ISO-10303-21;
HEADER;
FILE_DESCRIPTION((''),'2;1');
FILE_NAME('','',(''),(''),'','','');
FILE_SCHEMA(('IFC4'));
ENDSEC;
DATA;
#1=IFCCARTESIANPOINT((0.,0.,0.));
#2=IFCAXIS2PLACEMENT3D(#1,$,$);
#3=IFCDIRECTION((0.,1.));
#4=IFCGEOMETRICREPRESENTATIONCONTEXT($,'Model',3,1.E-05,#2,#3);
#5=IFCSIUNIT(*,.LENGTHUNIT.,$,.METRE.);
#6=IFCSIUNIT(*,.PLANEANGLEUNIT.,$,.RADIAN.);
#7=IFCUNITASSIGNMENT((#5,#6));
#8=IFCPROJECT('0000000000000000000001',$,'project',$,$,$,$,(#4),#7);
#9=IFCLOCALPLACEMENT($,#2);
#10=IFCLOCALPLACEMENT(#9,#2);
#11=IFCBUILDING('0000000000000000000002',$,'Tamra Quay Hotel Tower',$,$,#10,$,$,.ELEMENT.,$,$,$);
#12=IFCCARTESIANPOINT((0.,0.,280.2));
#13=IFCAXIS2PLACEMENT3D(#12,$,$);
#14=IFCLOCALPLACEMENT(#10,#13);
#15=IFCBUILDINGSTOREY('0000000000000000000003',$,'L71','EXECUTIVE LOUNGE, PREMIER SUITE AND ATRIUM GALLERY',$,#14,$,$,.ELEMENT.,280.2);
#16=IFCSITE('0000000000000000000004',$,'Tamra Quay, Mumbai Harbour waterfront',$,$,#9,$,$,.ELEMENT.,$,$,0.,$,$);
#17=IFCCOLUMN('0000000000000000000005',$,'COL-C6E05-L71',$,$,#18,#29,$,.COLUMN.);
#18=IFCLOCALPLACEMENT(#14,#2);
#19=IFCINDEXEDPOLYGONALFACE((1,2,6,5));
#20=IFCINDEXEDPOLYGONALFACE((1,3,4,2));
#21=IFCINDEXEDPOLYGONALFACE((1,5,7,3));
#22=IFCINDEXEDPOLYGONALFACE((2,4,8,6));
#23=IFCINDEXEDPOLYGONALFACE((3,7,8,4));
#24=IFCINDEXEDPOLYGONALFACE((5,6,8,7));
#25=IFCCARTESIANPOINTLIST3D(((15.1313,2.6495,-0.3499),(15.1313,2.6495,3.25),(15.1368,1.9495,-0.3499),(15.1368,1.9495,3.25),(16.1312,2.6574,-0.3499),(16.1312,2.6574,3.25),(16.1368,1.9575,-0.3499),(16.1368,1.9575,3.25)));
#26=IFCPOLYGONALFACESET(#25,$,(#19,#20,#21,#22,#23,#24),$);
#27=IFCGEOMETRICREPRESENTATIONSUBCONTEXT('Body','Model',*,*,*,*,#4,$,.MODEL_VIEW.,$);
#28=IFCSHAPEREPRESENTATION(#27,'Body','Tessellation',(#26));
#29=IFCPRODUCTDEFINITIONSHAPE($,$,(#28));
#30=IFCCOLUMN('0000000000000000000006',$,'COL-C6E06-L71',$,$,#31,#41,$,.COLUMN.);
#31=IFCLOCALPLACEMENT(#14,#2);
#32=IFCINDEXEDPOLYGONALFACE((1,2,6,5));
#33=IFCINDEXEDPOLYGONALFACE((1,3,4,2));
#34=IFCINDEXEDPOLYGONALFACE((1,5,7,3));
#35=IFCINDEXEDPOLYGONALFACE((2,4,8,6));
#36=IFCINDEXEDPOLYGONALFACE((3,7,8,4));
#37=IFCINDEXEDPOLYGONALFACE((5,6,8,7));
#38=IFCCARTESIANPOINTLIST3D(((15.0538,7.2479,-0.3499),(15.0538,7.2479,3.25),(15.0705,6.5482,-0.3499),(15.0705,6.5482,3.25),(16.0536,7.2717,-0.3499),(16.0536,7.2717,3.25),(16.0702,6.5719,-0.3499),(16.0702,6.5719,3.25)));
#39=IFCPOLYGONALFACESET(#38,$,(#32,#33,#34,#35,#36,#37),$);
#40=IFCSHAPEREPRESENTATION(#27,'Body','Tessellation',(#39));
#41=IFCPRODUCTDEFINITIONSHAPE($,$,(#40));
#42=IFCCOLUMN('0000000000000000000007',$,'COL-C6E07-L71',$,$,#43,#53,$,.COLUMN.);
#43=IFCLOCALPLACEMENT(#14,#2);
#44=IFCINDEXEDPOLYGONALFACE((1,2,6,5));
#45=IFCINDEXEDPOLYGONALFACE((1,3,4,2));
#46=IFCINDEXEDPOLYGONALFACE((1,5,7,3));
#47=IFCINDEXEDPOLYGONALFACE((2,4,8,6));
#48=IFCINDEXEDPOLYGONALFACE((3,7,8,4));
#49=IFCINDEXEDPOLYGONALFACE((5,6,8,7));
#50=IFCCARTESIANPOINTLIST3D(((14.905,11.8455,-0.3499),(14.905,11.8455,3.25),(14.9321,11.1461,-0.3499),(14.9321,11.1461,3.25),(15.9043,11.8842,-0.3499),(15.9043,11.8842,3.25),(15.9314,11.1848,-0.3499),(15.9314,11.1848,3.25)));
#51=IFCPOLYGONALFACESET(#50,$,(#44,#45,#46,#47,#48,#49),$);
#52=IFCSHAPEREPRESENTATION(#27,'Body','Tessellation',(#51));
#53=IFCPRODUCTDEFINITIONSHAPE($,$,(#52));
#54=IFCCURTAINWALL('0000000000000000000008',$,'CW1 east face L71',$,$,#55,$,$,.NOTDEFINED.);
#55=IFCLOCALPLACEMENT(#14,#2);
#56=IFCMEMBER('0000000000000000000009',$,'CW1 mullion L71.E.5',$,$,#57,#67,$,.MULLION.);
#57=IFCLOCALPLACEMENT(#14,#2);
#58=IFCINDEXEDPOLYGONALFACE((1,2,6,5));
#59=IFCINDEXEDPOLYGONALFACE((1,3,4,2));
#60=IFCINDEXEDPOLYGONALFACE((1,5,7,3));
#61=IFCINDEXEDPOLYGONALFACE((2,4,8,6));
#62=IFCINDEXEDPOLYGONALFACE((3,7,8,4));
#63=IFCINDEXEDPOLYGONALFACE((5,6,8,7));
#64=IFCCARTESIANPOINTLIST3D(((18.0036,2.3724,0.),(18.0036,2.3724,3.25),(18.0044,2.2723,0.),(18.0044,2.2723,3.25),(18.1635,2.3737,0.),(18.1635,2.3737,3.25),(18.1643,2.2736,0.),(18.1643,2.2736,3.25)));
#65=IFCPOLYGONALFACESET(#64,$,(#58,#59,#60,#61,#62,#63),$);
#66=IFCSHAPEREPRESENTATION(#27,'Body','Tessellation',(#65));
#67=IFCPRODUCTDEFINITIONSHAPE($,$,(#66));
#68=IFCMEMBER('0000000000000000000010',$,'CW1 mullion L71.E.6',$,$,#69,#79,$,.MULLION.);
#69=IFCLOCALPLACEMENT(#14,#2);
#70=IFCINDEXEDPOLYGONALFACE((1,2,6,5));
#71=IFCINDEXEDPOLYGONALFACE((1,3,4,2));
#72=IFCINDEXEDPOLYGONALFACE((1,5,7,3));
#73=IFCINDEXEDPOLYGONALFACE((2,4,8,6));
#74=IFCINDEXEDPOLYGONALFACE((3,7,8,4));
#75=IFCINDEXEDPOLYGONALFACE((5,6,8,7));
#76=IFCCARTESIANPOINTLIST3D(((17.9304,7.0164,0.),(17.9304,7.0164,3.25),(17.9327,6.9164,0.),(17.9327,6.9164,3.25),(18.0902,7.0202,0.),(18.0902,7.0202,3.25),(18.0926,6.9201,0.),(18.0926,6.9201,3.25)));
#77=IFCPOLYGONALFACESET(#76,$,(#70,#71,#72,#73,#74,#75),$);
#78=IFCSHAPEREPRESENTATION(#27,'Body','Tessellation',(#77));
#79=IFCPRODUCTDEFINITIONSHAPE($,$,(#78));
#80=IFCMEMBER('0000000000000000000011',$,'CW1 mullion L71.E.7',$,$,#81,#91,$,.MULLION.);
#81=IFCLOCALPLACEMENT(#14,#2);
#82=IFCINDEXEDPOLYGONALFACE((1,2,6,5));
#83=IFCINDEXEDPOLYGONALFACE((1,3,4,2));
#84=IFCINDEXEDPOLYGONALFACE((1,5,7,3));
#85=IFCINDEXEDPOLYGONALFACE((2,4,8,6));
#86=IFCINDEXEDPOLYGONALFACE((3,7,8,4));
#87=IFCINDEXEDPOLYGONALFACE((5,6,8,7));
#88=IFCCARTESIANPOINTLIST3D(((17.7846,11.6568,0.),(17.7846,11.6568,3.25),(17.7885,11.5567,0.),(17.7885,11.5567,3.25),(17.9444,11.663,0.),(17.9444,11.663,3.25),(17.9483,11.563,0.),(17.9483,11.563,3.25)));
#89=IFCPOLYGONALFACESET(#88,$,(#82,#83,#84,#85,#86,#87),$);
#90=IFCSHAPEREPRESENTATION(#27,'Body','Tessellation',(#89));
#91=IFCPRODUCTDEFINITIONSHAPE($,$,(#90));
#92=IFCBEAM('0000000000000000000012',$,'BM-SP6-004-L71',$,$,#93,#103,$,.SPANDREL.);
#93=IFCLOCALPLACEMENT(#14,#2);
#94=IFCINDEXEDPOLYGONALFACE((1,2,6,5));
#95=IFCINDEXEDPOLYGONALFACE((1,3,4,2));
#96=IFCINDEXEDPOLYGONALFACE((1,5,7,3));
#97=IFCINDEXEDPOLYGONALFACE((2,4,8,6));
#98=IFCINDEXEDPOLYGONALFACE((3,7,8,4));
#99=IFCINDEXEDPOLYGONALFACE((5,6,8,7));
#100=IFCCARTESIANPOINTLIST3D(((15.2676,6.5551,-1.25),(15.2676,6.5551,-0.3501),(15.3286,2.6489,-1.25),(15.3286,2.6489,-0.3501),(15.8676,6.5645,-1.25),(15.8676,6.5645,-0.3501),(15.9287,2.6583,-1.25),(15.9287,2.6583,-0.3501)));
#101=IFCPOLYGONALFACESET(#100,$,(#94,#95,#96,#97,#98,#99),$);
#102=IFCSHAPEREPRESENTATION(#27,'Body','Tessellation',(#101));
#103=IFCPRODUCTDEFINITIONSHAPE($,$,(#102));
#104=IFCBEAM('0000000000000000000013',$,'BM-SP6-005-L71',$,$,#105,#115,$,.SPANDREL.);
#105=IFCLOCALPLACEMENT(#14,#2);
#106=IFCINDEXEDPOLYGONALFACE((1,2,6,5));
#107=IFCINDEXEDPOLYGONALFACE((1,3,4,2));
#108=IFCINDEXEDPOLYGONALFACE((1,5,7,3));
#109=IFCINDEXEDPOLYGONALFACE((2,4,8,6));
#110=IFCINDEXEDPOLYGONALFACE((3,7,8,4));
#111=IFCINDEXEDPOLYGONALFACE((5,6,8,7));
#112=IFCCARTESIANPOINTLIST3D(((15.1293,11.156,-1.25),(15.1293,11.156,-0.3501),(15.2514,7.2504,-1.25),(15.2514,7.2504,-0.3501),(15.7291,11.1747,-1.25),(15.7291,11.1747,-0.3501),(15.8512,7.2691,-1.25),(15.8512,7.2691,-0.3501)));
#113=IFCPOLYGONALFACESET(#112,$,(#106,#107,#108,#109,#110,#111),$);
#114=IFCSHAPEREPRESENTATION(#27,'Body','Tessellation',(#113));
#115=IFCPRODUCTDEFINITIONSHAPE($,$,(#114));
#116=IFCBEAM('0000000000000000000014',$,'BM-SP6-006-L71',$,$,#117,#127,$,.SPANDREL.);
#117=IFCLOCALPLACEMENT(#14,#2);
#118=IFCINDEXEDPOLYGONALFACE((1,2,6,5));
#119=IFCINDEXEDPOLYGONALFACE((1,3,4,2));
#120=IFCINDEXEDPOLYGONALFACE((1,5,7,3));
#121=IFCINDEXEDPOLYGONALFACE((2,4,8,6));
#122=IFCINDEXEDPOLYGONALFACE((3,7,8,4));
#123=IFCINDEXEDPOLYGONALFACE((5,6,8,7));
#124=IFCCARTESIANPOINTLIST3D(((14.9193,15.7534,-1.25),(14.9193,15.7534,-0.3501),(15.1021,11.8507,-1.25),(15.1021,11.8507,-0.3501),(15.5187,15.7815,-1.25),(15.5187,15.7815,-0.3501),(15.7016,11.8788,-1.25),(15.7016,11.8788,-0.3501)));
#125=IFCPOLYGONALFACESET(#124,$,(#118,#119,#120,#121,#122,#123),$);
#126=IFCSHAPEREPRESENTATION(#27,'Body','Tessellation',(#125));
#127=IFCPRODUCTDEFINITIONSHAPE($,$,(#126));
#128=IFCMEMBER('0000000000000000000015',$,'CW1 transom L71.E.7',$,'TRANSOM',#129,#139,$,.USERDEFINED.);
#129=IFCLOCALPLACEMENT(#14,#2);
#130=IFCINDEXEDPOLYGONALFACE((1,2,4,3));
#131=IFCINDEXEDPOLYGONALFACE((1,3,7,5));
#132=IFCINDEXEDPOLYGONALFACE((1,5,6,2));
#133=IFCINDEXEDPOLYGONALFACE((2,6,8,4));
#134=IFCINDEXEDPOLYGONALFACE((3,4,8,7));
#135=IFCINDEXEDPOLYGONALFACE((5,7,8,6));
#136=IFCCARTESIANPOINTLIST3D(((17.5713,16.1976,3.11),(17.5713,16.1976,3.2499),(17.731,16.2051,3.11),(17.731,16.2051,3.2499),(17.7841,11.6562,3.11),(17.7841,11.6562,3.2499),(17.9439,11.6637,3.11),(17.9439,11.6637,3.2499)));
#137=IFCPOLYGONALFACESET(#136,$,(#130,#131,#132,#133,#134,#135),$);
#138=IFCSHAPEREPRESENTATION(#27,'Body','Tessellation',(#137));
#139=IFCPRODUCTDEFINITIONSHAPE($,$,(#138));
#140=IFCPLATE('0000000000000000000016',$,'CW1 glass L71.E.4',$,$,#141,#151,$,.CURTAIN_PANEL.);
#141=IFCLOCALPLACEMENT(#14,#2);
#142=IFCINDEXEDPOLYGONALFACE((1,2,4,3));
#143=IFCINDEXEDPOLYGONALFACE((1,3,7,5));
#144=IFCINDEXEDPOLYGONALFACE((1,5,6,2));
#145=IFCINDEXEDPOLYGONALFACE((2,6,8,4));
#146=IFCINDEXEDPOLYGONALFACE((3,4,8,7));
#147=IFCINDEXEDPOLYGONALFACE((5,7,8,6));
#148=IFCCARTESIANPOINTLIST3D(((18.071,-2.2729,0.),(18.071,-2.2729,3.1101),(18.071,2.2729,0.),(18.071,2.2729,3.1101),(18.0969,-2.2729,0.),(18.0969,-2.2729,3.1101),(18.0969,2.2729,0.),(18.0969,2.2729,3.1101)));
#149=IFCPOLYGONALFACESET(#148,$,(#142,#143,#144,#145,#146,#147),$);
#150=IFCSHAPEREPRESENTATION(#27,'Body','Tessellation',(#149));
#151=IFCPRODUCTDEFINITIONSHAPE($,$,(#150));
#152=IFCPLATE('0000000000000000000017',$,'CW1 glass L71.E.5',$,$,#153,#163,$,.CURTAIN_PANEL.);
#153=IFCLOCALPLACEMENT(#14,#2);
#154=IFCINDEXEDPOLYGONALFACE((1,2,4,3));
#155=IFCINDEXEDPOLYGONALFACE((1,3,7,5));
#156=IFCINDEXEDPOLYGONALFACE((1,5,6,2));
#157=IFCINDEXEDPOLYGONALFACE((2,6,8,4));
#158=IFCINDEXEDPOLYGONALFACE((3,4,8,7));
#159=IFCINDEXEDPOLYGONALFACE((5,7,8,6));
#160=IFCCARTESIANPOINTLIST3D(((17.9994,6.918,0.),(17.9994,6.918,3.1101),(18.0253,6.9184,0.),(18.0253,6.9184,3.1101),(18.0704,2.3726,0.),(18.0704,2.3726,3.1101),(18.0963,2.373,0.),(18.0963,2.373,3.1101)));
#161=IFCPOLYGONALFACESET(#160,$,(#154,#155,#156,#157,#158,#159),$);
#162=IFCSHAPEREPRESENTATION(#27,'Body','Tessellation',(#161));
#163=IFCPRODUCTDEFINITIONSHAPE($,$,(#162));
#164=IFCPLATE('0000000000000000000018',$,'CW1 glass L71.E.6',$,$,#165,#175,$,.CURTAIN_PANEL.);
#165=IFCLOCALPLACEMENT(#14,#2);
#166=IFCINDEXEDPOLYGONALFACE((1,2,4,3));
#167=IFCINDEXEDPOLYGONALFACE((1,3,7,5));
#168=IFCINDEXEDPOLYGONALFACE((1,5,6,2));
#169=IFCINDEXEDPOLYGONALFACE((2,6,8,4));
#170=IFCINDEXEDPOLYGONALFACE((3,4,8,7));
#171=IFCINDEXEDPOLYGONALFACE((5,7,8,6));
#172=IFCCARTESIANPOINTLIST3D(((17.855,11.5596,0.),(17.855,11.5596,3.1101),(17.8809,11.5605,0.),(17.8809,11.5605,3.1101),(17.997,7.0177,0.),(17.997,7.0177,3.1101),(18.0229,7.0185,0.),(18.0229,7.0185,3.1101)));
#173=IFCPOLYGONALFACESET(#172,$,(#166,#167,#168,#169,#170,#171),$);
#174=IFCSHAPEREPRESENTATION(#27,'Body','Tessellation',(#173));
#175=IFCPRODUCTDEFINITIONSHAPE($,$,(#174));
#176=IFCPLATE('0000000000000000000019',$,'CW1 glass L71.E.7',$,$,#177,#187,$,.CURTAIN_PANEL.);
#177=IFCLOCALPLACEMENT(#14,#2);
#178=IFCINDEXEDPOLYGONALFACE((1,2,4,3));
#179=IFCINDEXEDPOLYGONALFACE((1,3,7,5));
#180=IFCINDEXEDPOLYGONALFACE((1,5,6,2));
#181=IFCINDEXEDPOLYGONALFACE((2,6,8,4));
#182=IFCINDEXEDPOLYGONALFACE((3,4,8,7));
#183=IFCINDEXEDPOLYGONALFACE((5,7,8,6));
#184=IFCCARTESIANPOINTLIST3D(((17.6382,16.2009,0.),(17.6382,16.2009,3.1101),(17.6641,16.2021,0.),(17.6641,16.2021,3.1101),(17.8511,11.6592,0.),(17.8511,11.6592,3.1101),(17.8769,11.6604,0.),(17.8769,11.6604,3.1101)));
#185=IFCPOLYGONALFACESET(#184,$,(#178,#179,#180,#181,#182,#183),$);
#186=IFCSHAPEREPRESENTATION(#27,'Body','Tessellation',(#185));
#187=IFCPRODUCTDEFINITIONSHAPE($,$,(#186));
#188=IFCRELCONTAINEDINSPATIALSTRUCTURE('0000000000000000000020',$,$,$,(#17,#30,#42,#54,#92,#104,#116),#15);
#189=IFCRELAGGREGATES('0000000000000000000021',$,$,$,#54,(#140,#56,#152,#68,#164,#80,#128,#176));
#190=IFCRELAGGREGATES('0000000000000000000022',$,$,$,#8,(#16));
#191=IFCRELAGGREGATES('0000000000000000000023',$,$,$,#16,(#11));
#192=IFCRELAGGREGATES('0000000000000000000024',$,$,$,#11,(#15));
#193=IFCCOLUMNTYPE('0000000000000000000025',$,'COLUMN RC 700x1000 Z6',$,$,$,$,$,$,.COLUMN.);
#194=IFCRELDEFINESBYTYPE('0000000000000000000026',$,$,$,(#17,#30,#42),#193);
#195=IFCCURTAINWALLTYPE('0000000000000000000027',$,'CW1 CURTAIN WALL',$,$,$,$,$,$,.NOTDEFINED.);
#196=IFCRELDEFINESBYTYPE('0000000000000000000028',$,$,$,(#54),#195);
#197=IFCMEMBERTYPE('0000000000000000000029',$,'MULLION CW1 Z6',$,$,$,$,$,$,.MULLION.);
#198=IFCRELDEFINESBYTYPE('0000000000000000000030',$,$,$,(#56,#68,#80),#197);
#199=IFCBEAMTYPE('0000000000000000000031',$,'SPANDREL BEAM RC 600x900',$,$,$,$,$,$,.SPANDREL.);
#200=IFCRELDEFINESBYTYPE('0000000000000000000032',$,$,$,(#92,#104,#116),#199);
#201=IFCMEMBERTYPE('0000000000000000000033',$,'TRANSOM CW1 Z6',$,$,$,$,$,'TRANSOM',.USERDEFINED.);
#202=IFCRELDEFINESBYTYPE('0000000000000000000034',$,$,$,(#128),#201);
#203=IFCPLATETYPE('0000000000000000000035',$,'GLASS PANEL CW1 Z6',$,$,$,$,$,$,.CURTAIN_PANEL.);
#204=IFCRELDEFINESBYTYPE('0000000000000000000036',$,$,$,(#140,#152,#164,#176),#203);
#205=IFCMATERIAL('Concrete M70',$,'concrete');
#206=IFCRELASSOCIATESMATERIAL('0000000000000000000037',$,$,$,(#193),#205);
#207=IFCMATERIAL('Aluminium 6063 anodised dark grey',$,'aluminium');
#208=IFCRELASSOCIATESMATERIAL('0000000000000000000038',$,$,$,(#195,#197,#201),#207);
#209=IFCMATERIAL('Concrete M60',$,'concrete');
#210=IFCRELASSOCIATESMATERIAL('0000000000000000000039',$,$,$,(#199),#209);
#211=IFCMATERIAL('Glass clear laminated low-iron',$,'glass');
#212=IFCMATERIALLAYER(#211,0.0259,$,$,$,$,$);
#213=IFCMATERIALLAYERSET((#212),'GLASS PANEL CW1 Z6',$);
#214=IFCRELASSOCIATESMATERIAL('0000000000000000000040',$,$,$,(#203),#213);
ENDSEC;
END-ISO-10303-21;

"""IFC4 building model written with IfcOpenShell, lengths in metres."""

from ifc_helpers import new_model, si_unit, direction, frame, origin, origin_2d, place, context, subcontext, project, spatial, rectangle, extrude, material, layer, layer_set, material_profile, profile_set, type_object, element, aggregate, save


model = new_model("IFC4")

# Units and contexts
model_context = context("Model", 3, precision=1e-05, world=origin(), true_north=direction((0.0, 1.0)))
body_context = subcontext(model_context, "Body", "Model", "MODEL_VIEW")
ifc_project = project(units=[si_unit("LENGTHUNIT", "METRE"), si_unit("PLANEANGLEUNIT", "RADIAN")], contexts=[model_context])

# Site, building, storey
site_placement = place(None, origin())
site = spatial("IfcSite", under=ifc_project, at=site_placement, Name="Tamra Quay, Mumbai Harbour waterfront", CompositionType="ELEMENT", RefElevation=0.0)
building_placement = place(site_placement, origin())
building = spatial("IfcBuilding", under=site, at=building_placement, Name="Tamra Quay Hotel Tower", CompositionType="ELEMENT")
storey_placement = place(building_placement, frame((0.0, 0.0, 280.2)))
storey = spatial("IfcBuildingStorey", under=building, at=storey_placement, Name="L71", Description="EXECUTIVE LOUNGE, PREMIER SUITE AND ATRIUM GALLERY", CompositionType="ELEMENT", Elevation=280.2)

# Columns
ifc_material_1 = material(Name="Concrete M70", Category="concrete")
ifc_material_profile_1 = material_profile(ifc_material_1, rectangle(XDim=1.0, YDim=0.7, at=origin_2d()), Name="COLUMN RC 700x1000 Z6")
ifc_profile_set_1 = profile_set([ifc_material_profile_1], Name="Concrete M70")
column_type = type_object("IfcColumnType", Name="COLUMN RC 700x1000 Z6", PredefinedType="COLUMN", material=ifc_profile_set_1)
for number, where, z_axis, x_axis, name in (
    (1, (15.634, 2.3035, -0.3499), (0.0, 0.0, 1.0), (0.999969, 0.00792, 0.0), "COL-C6E05-L71"),
    (2, (15.562, 6.9099, -0.3499), (0.0, 0.0, 1.0), (0.999718, 0.023753, 0.0), "COL-C6E06-L71"),
    (3, (15.4182, 11.5151, -0.3499), (0.0, 0.0, 1.0), (0.999251, 0.038691, 0.0), "COL-C6E07-L71"),
):
    element("IfcColumn", number, at=place(storey_placement, frame(where, z_axis=z_axis, x_axis=x_axis)), inside=storey, type_object=column_type, Name=name, PredefinedType="COLUMN", context=body_context, shape_type="SweptSolid", body=[
        extrude(rectangle(XDim=1.0, YDim=0.7, at=origin_2d()), origin(), (0.0, 0.0, 1.0), 3.5999),
    ])

# Curtain wall, members
ifc_material_2 = material(Name="Aluminium 6063 anodised dark grey", Category="aluminium")
curtain_wall_type = type_object("IfcCurtainWallType", Name="CW1 CURTAIN WALL", PredefinedType="NOTDEFINED", material=ifc_material_2)
curtain_wall_placement = place(storey_placement, origin())
curtain_wall = element("IfcCurtainWall", 4, at=curtain_wall_placement, inside=storey, type_object=curtain_wall_type, Name="CW1 east face L71", PredefinedType="NOTDEFINED")
ifc_material_profile_2 = material_profile(ifc_material_2, rectangle(XDim=0.1599, YDim=0.1001, at=origin_2d()), Name="MULLION 100X160")
ifc_profile_set_2 = profile_set([ifc_material_profile_2], Name="Aluminium 6063 anodised dark grey")
member_type_1 = type_object("IfcMemberType", Name="MULLION CW1 Z6", PredefinedType="MULLION", material=ifc_profile_set_2)
member_1_placement = place(storey_placement, frame((18.084, 2.323, 0.0), z_axis=(0.0, 0.0, 1.0), x_axis=(0.999969, 0.007817, 0.0)))
member_1 = element("IfcMember", 5, at=member_1_placement, type_object=member_type_1, Name="CW1 mullion L71.E.5", PredefinedType="MULLION", context=body_context, shape_type="SweptSolid", body=[
    extrude(rectangle(XDim=0.1599, YDim=0.1001, at=origin_2d()), origin(), (0.0, 0.0, 1.0), 3.25),
])
member_2_placement = place(storey_placement, frame((18.0115, 6.9683, 0.0), z_axis=(0.0, 0.0, 1.0), x_axis=(0.999725, 0.023438, 0.0)))
member_2 = element("IfcMember", 6, at=member_2_placement, type_object=member_type_1, Name="CW1 mullion L71.E.6", PredefinedType="MULLION", context=body_context, shape_type="SweptSolid", body=[
    extrude(rectangle(XDim=0.1599, YDim=0.1001, at=origin_2d()), origin(), (0.0, 0.0, 1.0), 3.25),
])
member_3_placement = place(storey_placement, frame((17.8665, 11.6099, 0.0), z_axis=(0.0, 0.0, 1.0), x_axis=(0.999238, 0.039033, 0.0)))
member_3 = element("IfcMember", 7, at=member_3_placement, type_object=member_type_1, Name="CW1 mullion L71.E.7", PredefinedType="MULLION", context=body_context, shape_type="SweptSolid", body=[
    extrude(rectangle(XDim=0.1599, YDim=0.1001, at=origin_2d()), origin(), (0.0, 0.0, 1.0), 3.25),
])

# Beams
ifc_material_3 = material(Name="Concrete M60", Category="concrete")
ifc_material_profile_3 = material_profile(ifc_material_3, rectangle(XDim=0.6001, YDim=0.8999, at=origin_2d()), Name="SPANDREL BEAM RC 600x900")
ifc_profile_set_3 = profile_set([ifc_material_profile_3], Name="Concrete M60")
beam_type = type_object("IfcBeamType", Name="SPANDREL BEAM RC 600x900", PredefinedType="SPANDREL", material=ifc_profile_set_3)
beam_1_placement = place(storey_placement, frame((15.6287, 2.6536, -0.8), z_axis=(-0.015623, 0.999878, 0.0), x_axis=(-0.999878, -0.015623, 0.0)))
element("IfcBeam", 8, at=beam_1_placement, inside=storey, type_object=beam_type, Name="BM-SP6-004-L71", PredefinedType="SPANDREL", context=body_context, shape_type="SweptSolid", body=[
    extrude(rectangle(XDim=0.6001, YDim=0.8999, at=origin_2d()), origin(), (0.0, 0.0, 1.0), 3.9067),
])
beam_2_placement = place(storey_placement, frame((15.5513, 7.2598, -0.8), z_axis=(-0.031241, 0.999512, 0.0), x_axis=(-0.999512, -0.031241, 0.0)))
element("IfcBeam", 9, at=beam_2_placement, inside=storey, type_object=beam_type, Name="BM-SP6-005-L71", PredefinedType="SPANDREL", context=body_context, shape_type="SweptSolid", body=[
    extrude(rectangle(XDim=0.6001, YDim=0.8999, at=origin_2d()), origin(), (0.0, 0.0, 1.0), 3.9075),
])
beam_3_placement = place(storey_placement, frame((15.4019, 11.8647, -0.8), z_axis=(-0.046805, 0.998904, 0.0), x_axis=(-0.998904, -0.046805, 0.0)))
element("IfcBeam", 10, at=beam_3_placement, inside=storey, type_object=beam_type, Name="BM-SP6-006-L71", PredefinedType="SPANDREL", context=body_context, shape_type="SweptSolid", body=[
    extrude(rectangle(XDim=0.6001, YDim=0.8999, at=origin_2d()), origin(), (0.0, 0.0, 1.0), 3.907),
])

# Member
ifc_material_profile_4 = material_profile(ifc_material_2, rectangle(XDim=0.1599, YDim=0.1399, at=origin_2d()), Name="TRANSOM 160X140")
ifc_profile_set_4 = profile_set([ifc_material_profile_4], Name="Aluminium 6063 anodised dark grey")
member_type_2 = type_object("IfcMemberType", Name="TRANSOM CW1 Z6", ElementType="TRANSOM", PredefinedType="USERDEFINED", material=ifc_profile_set_4)
member_4_placement = place(storey_placement, frame((17.864, 11.6599, 3.1799), z_axis=(-0.046825, 0.998903, 0.0), x_axis=(-0.998903, -0.046825, 0.0)))
member_4 = element("IfcMember", 11, at=member_4_placement, type_object=member_type_2, Name="CW1 transom L71.E.7", ObjectType="TRANSOM", PredefinedType="USERDEFINED", context=body_context, shape_type="SweptSolid", body=[
    extrude(rectangle(XDim=0.1599, YDim=0.1399, at=origin_2d()), origin(), (0.0, 0.0, 1.0), 4.5464),
])

# Plates
ifc_material_4 = material(Name="Glass clear laminated low-iron", Category="glass")
ifc_layer_1 = layer(ifc_material_4, 0.0259)
ifc_layer_set_1 = layer_set([ifc_layer_1], Name="GLASS PANEL CW1 Z6")
plate_type = type_object("IfcPlateType", Name="GLASS PANEL CW1 Z6", PredefinedType="CURTAIN_PANEL", material=ifc_layer_set_1)
plate_1_placement = place(storey_placement, frame((18.084, 0.0, 0.0), z_axis=(0.0, 0.0, 1.0), x_axis=(0.0, 1.0, 0.0)))
plate_1 = element("IfcPlate", 12, at=plate_1_placement, type_object=plate_type, Name="CW1 glass L71.E.4", PredefinedType="CURTAIN_PANEL", context=body_context, shape_type="SweptSolid", body=[
    extrude(rectangle(XDim=4.5459, YDim=0.0259, at=origin_2d()), origin(), (0.0, 0.0, 1.0), 3.1101),
])
plate_2_placement = place(storey_placement, frame((18.0479, 4.6455, 0.0), z_axis=(0.0, 0.0, 1.0), x_axis=(-0.015633, 0.999878, 0.0)))
plate_2 = element("IfcPlate", 13, at=plate_2_placement, type_object=plate_type, Name="CW1 glass L71.E.5", PredefinedType="CURTAIN_PANEL", context=body_context, shape_type="SweptSolid", body=[
    extrude(rectangle(XDim=4.5459, YDim=0.0259, at=origin_2d()), origin(), (0.0, 0.0, 1.0), 3.1101),
])
plate_3_placement = place(storey_placement, frame((17.939, 9.2891, 0.0), z_axis=(0.0, 0.0, 1.0), x_axis=(-0.031242, 0.999512, 0.0)))
plate_3 = element("IfcPlate", 14, at=plate_3_placement, type_object=plate_type, Name="CW1 glass L71.E.6", PredefinedType="CURTAIN_PANEL", context=body_context, shape_type="SweptSolid", body=[
    extrude(rectangle(XDim=4.5442, YDim=0.0259, at=origin_2d()), origin(), (0.0, 0.0, 1.0), 3.1101),
])
plate_4_placement = place(storey_placement, frame((17.7576, 13.9307, 0.0), z_axis=(0.0, 0.0, 1.0), x_axis=(-0.046821, 0.998903, 0.0)))
plate_4 = element("IfcPlate", 15, at=plate_4_placement, type_object=plate_type, Name="CW1 glass L71.E.7", PredefinedType="CURTAIN_PANEL", context=body_context, shape_type="SweptSolid", body=[
    extrude(rectangle(XDim=4.5466, YDim=0.0259, at=origin_2d()), origin(), (0.0, 0.0, 1.0), 3.1101),
])
aggregate(curtain_wall, [plate_1, member_1, plate_2, member_2, plate_3, member_3, member_4, plate_4])

save(model, "model.ifc")
